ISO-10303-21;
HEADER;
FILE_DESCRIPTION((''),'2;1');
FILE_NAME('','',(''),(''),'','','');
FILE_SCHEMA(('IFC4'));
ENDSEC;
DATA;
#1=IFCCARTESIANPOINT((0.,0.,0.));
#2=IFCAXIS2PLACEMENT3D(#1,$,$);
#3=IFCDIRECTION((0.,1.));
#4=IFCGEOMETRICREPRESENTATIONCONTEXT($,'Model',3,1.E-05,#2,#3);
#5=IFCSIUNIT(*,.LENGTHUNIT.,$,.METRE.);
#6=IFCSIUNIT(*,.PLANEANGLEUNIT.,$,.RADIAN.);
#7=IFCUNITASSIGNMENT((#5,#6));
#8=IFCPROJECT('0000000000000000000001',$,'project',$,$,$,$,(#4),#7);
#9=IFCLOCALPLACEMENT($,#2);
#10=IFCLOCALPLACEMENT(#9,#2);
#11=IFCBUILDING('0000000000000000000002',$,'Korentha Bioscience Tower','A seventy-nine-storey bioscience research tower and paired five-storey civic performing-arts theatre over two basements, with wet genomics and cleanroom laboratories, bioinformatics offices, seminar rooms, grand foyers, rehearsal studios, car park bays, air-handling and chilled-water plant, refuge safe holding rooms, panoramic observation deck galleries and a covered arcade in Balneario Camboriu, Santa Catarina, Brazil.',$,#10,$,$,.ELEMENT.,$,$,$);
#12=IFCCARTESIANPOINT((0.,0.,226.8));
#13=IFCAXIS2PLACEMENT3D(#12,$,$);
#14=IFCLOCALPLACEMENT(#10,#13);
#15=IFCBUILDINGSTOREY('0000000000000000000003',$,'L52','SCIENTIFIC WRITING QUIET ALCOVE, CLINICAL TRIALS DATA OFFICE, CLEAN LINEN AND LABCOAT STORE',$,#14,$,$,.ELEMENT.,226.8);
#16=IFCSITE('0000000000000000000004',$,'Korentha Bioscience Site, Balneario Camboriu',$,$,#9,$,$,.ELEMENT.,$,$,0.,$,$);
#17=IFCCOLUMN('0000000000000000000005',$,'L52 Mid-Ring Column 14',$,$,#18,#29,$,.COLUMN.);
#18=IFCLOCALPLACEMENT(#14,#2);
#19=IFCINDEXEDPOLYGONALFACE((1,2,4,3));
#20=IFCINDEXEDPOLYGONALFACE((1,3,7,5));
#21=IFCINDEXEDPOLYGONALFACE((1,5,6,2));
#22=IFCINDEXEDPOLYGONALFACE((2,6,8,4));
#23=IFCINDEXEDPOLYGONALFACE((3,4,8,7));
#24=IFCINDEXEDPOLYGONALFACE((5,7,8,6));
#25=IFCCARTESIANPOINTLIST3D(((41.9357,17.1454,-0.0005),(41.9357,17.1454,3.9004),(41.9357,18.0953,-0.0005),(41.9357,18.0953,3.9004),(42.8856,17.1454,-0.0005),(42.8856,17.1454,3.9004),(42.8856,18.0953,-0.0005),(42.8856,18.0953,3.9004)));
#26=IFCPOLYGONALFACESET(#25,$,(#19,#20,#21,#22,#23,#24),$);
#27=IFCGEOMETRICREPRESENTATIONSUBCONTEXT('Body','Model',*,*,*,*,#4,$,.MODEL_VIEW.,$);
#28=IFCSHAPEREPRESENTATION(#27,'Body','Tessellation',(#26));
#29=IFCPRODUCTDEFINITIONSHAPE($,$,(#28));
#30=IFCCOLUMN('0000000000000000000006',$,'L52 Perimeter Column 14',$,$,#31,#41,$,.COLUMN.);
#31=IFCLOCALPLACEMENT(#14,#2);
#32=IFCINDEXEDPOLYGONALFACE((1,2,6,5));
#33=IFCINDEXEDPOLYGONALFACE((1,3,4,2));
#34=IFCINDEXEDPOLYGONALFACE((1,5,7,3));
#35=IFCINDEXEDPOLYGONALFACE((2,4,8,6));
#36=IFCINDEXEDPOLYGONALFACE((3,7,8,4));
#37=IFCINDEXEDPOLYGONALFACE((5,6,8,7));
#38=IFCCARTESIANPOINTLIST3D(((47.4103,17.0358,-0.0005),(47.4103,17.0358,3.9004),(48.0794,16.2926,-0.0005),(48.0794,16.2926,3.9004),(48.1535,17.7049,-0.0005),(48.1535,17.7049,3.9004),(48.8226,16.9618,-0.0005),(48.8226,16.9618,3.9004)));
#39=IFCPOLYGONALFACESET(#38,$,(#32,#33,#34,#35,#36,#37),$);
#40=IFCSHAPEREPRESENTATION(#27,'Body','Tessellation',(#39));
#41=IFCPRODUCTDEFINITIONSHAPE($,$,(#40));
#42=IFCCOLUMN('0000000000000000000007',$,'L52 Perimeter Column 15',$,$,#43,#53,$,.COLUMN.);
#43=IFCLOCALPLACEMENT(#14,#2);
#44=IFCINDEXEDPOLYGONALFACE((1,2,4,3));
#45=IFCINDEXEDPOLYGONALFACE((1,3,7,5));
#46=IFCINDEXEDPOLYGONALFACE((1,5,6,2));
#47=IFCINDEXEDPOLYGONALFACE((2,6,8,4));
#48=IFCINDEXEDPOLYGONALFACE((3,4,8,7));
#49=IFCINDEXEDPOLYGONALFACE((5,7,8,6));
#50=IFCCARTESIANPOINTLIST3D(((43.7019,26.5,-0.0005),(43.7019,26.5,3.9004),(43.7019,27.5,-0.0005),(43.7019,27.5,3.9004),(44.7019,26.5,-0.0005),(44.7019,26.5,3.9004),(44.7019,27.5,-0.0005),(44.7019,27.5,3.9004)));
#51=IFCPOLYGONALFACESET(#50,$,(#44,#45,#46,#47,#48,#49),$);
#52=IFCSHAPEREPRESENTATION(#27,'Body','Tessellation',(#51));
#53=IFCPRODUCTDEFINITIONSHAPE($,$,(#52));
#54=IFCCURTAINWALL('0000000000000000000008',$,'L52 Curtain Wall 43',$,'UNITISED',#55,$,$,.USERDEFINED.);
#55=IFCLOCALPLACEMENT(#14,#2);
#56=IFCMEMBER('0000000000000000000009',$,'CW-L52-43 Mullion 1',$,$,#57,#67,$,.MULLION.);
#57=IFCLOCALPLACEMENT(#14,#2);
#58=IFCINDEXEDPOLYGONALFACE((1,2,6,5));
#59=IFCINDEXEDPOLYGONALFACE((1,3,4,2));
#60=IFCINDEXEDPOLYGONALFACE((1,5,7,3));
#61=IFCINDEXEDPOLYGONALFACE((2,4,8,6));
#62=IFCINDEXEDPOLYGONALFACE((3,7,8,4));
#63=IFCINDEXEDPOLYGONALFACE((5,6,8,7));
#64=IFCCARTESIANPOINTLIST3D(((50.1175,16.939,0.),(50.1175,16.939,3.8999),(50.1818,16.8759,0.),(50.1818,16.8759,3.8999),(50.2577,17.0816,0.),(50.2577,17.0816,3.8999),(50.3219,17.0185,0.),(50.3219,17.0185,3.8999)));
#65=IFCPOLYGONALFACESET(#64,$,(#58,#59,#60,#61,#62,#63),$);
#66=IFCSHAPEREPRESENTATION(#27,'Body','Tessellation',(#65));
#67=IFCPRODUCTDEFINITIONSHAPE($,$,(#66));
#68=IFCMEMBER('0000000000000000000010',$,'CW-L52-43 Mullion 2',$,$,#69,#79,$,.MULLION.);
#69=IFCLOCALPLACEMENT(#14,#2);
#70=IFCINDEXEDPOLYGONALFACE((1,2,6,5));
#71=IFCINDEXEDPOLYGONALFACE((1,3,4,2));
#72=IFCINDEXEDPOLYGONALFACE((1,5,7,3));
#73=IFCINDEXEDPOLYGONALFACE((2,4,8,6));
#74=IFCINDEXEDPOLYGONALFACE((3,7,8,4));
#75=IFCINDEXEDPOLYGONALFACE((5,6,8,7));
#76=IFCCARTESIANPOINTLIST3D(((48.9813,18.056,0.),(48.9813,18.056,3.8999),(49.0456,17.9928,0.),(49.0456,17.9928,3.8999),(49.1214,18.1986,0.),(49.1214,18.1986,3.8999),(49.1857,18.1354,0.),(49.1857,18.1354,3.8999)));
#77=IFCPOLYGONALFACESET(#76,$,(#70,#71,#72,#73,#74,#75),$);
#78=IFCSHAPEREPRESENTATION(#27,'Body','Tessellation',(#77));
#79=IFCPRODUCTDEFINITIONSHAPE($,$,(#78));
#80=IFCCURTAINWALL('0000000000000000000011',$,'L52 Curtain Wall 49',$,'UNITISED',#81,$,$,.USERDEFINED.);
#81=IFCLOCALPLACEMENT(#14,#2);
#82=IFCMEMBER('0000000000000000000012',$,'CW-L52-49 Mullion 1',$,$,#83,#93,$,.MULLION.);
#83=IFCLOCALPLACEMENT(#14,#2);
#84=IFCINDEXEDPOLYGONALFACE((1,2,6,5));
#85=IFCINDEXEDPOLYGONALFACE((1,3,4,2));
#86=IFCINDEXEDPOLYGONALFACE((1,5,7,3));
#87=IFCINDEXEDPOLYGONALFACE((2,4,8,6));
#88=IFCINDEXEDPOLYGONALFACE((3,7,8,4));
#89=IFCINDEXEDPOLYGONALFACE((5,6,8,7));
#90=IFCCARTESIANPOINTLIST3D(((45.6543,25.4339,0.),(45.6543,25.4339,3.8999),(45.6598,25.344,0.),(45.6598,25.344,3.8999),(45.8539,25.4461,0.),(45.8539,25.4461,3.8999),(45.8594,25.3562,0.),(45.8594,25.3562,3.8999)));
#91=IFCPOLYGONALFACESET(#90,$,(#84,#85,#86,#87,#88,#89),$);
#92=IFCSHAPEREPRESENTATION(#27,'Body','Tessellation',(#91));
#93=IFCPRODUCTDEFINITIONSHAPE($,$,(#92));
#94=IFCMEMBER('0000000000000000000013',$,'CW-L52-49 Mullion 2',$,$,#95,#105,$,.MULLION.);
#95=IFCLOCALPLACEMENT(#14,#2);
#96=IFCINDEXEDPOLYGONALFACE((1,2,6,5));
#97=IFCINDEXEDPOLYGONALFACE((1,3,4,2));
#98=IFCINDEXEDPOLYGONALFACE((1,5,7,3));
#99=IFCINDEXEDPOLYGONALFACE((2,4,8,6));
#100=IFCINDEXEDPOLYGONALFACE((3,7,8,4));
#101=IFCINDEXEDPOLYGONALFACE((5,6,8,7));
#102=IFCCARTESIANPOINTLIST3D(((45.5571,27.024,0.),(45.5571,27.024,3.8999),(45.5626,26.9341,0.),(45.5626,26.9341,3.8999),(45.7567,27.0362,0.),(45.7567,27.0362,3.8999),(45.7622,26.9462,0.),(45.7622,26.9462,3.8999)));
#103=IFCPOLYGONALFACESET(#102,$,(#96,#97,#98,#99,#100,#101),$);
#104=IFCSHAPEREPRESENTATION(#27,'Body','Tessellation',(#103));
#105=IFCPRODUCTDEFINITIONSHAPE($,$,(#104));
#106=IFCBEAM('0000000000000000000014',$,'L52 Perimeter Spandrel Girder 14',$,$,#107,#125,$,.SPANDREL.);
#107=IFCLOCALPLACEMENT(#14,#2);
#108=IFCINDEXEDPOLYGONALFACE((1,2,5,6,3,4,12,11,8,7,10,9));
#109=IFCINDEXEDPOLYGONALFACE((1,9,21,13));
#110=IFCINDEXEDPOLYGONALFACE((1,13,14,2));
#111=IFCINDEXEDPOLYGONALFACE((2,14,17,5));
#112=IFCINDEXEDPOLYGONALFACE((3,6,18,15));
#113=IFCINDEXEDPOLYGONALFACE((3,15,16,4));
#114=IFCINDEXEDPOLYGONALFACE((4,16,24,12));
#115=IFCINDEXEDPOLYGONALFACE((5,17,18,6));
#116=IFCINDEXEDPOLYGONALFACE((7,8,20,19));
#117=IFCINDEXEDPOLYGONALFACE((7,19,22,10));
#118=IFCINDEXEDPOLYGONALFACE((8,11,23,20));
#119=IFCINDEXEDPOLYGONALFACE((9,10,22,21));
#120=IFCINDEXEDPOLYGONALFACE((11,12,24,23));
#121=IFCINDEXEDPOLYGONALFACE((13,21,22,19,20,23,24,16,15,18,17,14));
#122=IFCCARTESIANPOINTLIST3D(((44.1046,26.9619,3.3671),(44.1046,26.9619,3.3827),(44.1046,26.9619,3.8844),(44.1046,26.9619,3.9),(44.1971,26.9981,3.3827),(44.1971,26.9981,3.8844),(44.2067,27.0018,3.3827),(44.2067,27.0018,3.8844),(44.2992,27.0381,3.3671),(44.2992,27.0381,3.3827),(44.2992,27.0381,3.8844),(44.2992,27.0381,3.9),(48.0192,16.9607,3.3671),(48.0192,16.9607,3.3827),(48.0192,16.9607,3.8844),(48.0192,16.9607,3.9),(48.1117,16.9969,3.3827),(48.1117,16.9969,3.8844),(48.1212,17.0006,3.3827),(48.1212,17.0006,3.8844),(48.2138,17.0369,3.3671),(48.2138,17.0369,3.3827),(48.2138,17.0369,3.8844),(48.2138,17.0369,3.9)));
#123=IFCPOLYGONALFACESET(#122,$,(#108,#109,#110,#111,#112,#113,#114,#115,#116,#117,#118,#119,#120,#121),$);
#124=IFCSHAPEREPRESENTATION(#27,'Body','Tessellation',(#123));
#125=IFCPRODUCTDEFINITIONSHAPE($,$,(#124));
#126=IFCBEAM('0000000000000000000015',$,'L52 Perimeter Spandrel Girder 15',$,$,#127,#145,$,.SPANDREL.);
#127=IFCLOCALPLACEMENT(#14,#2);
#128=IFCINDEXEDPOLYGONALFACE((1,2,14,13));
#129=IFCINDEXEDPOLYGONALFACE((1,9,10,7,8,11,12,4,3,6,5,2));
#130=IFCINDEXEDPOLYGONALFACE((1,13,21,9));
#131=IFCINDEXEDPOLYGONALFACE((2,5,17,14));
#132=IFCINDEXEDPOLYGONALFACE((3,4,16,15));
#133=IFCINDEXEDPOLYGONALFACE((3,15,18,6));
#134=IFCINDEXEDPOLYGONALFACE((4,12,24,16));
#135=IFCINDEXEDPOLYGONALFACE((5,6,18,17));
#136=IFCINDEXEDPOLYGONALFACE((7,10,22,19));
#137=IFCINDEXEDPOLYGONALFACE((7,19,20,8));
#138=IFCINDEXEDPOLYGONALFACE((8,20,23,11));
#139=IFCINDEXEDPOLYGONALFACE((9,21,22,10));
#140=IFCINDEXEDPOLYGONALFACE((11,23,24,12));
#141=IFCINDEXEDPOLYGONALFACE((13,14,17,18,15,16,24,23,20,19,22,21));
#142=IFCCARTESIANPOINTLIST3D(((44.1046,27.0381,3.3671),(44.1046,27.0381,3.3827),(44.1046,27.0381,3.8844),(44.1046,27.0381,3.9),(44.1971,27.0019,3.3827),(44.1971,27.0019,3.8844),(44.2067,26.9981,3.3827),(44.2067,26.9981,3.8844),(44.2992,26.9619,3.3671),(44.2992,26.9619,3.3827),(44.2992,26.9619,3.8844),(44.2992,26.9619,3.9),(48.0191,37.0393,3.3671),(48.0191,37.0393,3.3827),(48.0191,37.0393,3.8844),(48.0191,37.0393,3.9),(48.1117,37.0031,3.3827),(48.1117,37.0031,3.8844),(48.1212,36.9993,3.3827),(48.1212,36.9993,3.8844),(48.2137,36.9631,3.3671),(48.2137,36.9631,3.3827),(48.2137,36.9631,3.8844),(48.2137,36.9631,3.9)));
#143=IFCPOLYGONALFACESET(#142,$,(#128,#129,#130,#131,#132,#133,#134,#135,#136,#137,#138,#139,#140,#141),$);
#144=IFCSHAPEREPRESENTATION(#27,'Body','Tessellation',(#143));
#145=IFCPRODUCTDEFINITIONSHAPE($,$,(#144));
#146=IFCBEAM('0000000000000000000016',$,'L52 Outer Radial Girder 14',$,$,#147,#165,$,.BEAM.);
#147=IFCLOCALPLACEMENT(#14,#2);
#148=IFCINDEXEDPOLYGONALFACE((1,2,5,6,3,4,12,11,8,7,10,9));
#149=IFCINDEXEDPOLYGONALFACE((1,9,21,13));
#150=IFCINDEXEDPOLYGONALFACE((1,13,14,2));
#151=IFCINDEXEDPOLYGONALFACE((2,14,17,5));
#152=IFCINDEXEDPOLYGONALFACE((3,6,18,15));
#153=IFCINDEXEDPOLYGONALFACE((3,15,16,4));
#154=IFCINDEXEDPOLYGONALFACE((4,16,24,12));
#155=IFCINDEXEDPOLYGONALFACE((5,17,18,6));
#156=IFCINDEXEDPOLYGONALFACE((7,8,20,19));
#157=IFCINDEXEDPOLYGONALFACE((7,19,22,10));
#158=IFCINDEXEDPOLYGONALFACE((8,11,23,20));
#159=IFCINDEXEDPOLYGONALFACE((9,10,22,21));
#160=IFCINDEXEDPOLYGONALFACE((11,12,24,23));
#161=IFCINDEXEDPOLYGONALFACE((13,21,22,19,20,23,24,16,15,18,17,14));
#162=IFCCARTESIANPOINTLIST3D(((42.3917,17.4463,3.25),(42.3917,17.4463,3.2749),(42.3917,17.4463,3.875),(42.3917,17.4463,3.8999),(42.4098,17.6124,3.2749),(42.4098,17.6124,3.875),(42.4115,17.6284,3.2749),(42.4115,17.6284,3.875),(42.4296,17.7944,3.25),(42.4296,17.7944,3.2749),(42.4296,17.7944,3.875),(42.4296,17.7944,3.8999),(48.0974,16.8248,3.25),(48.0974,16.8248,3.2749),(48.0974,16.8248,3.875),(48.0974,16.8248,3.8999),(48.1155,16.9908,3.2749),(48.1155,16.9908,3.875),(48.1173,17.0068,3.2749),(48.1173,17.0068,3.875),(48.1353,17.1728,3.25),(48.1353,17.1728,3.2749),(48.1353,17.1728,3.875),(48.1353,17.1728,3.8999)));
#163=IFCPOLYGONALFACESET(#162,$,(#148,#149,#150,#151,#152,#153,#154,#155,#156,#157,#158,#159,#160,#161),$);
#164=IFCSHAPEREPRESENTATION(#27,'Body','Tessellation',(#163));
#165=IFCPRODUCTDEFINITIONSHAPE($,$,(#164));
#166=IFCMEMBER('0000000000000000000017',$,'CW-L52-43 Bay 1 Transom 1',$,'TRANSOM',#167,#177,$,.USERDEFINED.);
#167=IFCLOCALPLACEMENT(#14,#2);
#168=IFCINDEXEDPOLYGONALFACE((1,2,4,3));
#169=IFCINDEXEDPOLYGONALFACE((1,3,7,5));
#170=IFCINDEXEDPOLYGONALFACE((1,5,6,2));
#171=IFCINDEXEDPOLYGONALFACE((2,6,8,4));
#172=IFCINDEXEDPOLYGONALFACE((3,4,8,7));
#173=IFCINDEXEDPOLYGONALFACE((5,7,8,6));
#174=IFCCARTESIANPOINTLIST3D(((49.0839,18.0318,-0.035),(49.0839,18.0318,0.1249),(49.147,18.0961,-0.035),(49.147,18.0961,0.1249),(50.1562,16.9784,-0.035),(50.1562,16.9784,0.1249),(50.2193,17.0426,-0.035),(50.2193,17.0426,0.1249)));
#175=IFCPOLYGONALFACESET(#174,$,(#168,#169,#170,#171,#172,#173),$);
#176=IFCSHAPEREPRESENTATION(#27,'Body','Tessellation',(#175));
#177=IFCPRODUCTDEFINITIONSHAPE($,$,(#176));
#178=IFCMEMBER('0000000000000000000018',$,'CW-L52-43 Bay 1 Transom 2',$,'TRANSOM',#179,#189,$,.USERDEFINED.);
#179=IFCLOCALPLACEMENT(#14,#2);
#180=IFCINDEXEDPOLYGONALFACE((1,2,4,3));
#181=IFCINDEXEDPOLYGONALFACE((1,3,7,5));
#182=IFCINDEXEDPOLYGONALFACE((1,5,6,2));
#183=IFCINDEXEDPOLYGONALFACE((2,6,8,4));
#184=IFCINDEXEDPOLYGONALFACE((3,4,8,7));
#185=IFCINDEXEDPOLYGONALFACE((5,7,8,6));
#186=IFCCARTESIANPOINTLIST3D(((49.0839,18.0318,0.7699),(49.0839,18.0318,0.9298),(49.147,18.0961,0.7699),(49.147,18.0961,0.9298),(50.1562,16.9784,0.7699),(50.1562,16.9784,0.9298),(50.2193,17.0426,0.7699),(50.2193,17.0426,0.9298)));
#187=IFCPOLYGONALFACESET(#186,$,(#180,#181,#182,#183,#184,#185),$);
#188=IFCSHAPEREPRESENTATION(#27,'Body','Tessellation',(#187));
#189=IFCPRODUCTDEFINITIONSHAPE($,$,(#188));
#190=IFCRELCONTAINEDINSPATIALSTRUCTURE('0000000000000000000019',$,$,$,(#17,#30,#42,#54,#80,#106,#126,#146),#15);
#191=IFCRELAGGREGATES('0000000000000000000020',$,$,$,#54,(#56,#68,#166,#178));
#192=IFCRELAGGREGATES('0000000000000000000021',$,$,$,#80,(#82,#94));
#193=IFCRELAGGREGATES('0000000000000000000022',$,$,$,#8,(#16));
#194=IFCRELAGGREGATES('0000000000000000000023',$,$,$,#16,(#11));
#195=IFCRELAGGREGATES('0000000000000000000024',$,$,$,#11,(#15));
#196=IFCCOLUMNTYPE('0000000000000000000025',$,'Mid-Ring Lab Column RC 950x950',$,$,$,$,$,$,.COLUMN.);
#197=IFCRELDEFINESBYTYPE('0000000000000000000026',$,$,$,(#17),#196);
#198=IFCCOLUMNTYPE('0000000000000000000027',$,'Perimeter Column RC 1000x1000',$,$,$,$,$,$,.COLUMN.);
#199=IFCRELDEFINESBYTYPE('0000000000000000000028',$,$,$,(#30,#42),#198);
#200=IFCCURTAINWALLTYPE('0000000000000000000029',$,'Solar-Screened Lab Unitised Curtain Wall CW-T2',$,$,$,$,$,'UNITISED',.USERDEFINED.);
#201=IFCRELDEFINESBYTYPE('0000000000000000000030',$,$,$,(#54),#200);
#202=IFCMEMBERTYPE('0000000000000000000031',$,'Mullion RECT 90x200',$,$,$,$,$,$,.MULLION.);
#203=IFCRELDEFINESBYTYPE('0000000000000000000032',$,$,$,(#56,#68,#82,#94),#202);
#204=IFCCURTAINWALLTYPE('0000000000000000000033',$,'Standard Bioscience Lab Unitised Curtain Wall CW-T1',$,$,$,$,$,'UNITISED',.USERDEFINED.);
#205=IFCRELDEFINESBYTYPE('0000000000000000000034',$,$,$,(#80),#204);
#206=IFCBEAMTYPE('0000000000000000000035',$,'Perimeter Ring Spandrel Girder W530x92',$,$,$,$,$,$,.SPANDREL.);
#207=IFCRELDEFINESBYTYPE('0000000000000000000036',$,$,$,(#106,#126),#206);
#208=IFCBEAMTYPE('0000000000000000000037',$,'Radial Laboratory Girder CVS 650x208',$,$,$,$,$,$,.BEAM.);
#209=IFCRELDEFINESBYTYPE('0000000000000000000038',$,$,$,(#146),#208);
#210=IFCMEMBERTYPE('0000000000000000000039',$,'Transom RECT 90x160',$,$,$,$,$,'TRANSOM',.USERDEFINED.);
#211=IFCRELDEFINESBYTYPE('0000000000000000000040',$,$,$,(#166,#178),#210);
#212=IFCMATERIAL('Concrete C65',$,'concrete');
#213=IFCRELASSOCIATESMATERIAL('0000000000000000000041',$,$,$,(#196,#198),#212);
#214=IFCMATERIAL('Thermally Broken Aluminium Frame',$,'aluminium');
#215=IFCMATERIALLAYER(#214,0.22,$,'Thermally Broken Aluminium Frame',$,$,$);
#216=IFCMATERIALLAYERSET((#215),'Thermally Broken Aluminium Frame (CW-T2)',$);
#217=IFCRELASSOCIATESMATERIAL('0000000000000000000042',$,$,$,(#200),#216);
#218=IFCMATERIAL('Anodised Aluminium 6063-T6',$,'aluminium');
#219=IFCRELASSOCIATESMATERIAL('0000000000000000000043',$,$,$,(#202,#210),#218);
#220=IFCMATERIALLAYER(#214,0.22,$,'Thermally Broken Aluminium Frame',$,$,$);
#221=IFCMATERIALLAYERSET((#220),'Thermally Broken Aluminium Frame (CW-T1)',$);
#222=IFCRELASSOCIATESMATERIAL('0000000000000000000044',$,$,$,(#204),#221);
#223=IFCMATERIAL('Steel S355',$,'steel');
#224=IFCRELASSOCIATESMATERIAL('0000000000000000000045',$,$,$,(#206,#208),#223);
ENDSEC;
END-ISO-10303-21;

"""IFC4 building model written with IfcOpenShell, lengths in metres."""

from ifc_helpers import new_model, si_unit, direction, frame, origin, origin_2d, place, context, subcontext, project, spatial, rectangle, i_section, extrude, material, layer, layer_set, material_profile, profile_set, type_object, element, aggregate, save


model = new_model("IFC4")

# Units and contexts
model_context = context("Model", 3, precision=1e-05, world=origin(), true_north=direction((0.0, 1.0)))
body_context = subcontext(model_context, "Body", "Model", "MODEL_VIEW")
ifc_project = project(units=[si_unit("LENGTHUNIT", "METRE"), si_unit("PLANEANGLEUNIT", "RADIAN")], contexts=[model_context])

# Site, building, storey
site_placement = place(None, origin())
site = spatial("IfcSite", under=ifc_project, at=site_placement, Name="Korentha Bioscience Site, Balneario Camboriu", CompositionType="ELEMENT", RefElevation=0.0)
building_placement = place(site_placement, origin())
building = spatial("IfcBuilding", under=site, at=building_placement, Name="Korentha Bioscience Tower", Description="A seventy-nine-storey bioscience research tower and paired five-storey civic performing-arts theatre over two basements, with wet genomics and cleanroom laboratories, bioinformatics offices, seminar rooms, grand foyers, rehearsal studios, car park bays, air-handling and chilled-water plant, refuge safe holding rooms, panoramic observation deck galleries and a covered arcade in Balneario Camboriu, Santa Catarina, Brazil.", CompositionType="ELEMENT")
storey_placement = place(building_placement, frame((0.0, 0.0, 226.8)))
storey = spatial("IfcBuildingStorey", under=building, at=storey_placement, Name="L52", Description="SCIENTIFIC WRITING QUIET ALCOVE, CLINICAL TRIALS DATA OFFICE, CLEAN LINEN AND LABCOAT STORE", CompositionType="ELEMENT", Elevation=226.8)

# Columns
ifc_material_1 = material(Name="Concrete C65", Category="concrete")
ifc_material_profile_1 = material_profile(ifc_material_1, rectangle(XDim=0.95, YDim=0.95, at=origin_2d()), Name="Concrete C65")
ifc_profile_set_1 = profile_set([ifc_material_profile_1], Name="Concrete C65 (COL-MR09)")
column_type_1 = type_object("IfcColumnType", Name="Mid-Ring Lab Column RC 950x950", PredefinedType="COLUMN", material=ifc_profile_set_1)
column_placement = place(storey_placement, frame((42.4106, 17.6204, -0.0005), z_axis=(0.0, 0.0, 1.0), x_axis=(1.0, 0.0, 0.0)))
element("IfcColumn", 1, at=column_placement, inside=storey, type_object=column_type_1, Name="L52 Mid-Ring Column 14", PredefinedType="COLUMN", context=body_context, shape_type="SweptSolid", body=[
    extrude(rectangle(XDim=0.95, YDim=0.95, at=origin_2d()), origin(), (0.0, 0.0, 1.0), 3.9009),
])
ifc_material_profile_2 = material_profile(ifc_material_1, rectangle(XDim=1.0, YDim=1.0, at=origin_2d()), Name="Concrete C65")
ifc_profile_set_2 = profile_set([ifc_material_profile_2], Name="Concrete C65 (COL-P10)")
column_type_2 = type_object("IfcColumnType", Name="Perimeter Column RC 1000x1000", PredefinedType="COLUMN", material=ifc_profile_set_2)
for number, where, z_axis, x_axis, name in (
    (2, (48.1165, 16.9988, -0.0005), (0.0, 0.0, 1.0), (-0.669131, 0.743145, 0.0), "L52 Perimeter Column 14"),
    (3, (44.2019, 27.0, -0.0005), (0.0, 0.0, 1.0), (0.0, 1.0, 0.0), "L52 Perimeter Column 15"),
):
    element("IfcColumn", number, at=place(storey_placement, frame(where, z_axis=z_axis, x_axis=x_axis)), inside=storey, type_object=column_type_2, Name=name, PredefinedType="COLUMN", context=body_context, shape_type="SweptSolid", body=[
        extrude(rectangle(XDim=1.0, YDim=1.0, at=origin_2d()), origin(), (0.0, 0.0, 1.0), 3.9009),
    ])

# Curtain walls, members
ifc_material_2 = material(Name="Thermally Broken Aluminium Frame", Category="aluminium")
ifc_layer_1 = layer(ifc_material_2, 0.22, Name="Thermally Broken Aluminium Frame")
ifc_layer_set_1 = layer_set([ifc_layer_1], Name="Thermally Broken Aluminium Frame (CW-T2)")
curtain_wall_type_1 = type_object("IfcCurtainWallType", Name="Solar-Screened Lab Unitised Curtain Wall CW-T2", ElementType="UNITISED", PredefinedType="USERDEFINED", material=ifc_layer_set_1)
curtain_wall_1_placement = place(storey_placement, origin())
curtain_wall_1 = element("IfcCurtainWall", 4, at=curtain_wall_1_placement, inside=storey, type_object=curtain_wall_type_1, Name="L52 Curtain Wall 43", ObjectType="UNITISED", PredefinedType="USERDEFINED")
ifc_material_3 = material(Name="Anodised Aluminium 6063-T6", Category="aluminium")
ifc_material_profile_3 = material_profile(ifc_material_3, rectangle(XDim=0.0901, YDim=0.2, at=origin_2d()), Name="Anodised Aluminium 6063-T6")
ifc_profile_set_3 = profile_set([ifc_material_profile_3], Name="Anodised Aluminium 6063-T6 (CW-MUL)")
member_type_1 = type_object("IfcMemberType", Name="Mullion RECT 90x200", PredefinedType="MULLION", material=ifc_profile_set_3)
member_1_placement = place(storey_placement, frame((50.2197, 16.9788, 0.0), z_axis=(0.0, 0.0, 1.0), x_axis=(-0.713258, 0.700901, 0.0)))
member_1 = element("IfcMember", 5, at=member_1_placement, type_object=member_type_1, Name="CW-L52-43 Mullion 1", PredefinedType="MULLION", context=body_context, shape_type="SweptSolid", body=[
    extrude(rectangle(XDim=0.0901, YDim=0.2, at=origin_2d()), origin(), (0.0, 0.0, 1.0), 3.8999),
])
member_2_placement = place(storey_placement, frame((49.0835, 18.0957, 0.0), z_axis=(0.0, 0.0, 1.0), x_axis=(-0.713258, 0.700901, 0.0)))
member_2 = element("IfcMember", 6, at=member_2_placement, type_object=member_type_1, Name="CW-L52-43 Mullion 2", PredefinedType="MULLION", context=body_context, shape_type="SweptSolid", body=[
    extrude(rectangle(XDim=0.0901, YDim=0.2, at=origin_2d()), origin(), (0.0, 0.0, 1.0), 3.8999),
])
ifc_layer_2 = layer(ifc_material_2, 0.22, Name="Thermally Broken Aluminium Frame")
ifc_layer_set_2 = layer_set([ifc_layer_2], Name="Thermally Broken Aluminium Frame (CW-T1)")
curtain_wall_type_2 = type_object("IfcCurtainWallType", Name="Standard Bioscience Lab Unitised Curtain Wall CW-T1", ElementType="UNITISED", PredefinedType="USERDEFINED", material=ifc_layer_set_2)
curtain_wall_2_placement = place(storey_placement, origin())
curtain_wall_2 = element("IfcCurtainWall", 7, at=curtain_wall_2_placement, inside=storey, type_object=curtain_wall_type_2, Name="L52 Curtain Wall 49", ObjectType="UNITISED", PredefinedType="USERDEFINED")
member_3_placement = place(storey_placement, frame((45.7568, 25.395, 0.0), z_axis=(0.0, 0.0, 1.0), x_axis=(-0.060954, 0.998141, 0.0)))
member_3 = element("IfcMember", 8, at=member_3_placement, type_object=member_type_1, Name="CW-L52-49 Mullion 1", PredefinedType="MULLION", context=body_context, shape_type="SweptSolid", body=[
    extrude(rectangle(XDim=0.0901, YDim=0.2, at=origin_2d()), origin(), (0.0, 0.0, 1.0), 3.8999),
])
member_4_placement = place(storey_placement, frame((45.6597, 26.9851, 0.0), z_axis=(0.0, 0.0, 1.0), x_axis=(-0.060954, 0.998141, 0.0)))
member_4 = element("IfcMember", 9, at=member_4_placement, type_object=member_type_1, Name="CW-L52-49 Mullion 2", PredefinedType="MULLION", context=body_context, shape_type="SweptSolid", body=[
    extrude(rectangle(XDim=0.0901, YDim=0.2, at=origin_2d()), origin(), (0.0, 0.0, 1.0), 3.8999),
])

# Beams
ifc_material_4 = material(Name="Steel S355", Category="steel")
ifc_material_profile_4 = material_profile(ifc_material_4, i_section(OverallWidth=0.209, OverallDepth=0.533, WebThickness=0.0103, FlangeThickness=0.0156, at=origin_2d()), Name="Steel S355")
ifc_profile_set_4 = profile_set([ifc_material_profile_4], Name="Steel S355 (SB-530)")
beam_type_1 = type_object("IfcBeamType", Name="Perimeter Ring Spandrel Girder W530x92", PredefinedType="SPANDREL", material=ifc_profile_set_4)
for number, where, z_axis, x_axis, name in (
    (10, (48.1165, 16.9988, 3.6335), (-0.364482, 0.93121, 0.0), (-0.93121, -0.364482, 0.0), "L52 Perimeter Spandrel Girder 14"),
    (11, (44.2019, 27.0, 3.6335), (0.364482, 0.93121, 0.0), (-0.93121, 0.364482, 0.0), "L52 Perimeter Spandrel Girder 15"),
):
    element("IfcBeam", number, at=place(storey_placement, frame(where, z_axis=z_axis, x_axis=x_axis)), inside=storey, type_object=beam_type_1, Name=name, PredefinedType="SPANDREL", context=body_context, shape_type="SweptSolid", body=[
        extrude(i_section(OverallWidth=0.209, OverallDepth=0.533, WebThickness=0.0103, FlangeThickness=0.0156, at=origin_2d()), origin(), (0.0, 0.0, 1.0), 10.74),
    ])
ifc_material_profile_5 = material_profile(ifc_material_4, i_section(OverallWidth=0.3501, OverallDepth=0.6499, WebThickness=0.0161, FlangeThickness=0.0249, at=origin_2d()), Name="Steel S355")
ifc_profile_set_5 = profile_set([ifc_material_profile_5], Name="Steel S355 (RB-650)")
beam_type_2 = type_object("IfcBeamType", Name="Radial Laboratory Girder CVS 650x208", PredefinedType="BEAM", material=ifc_profile_set_5)
beam_placement = place(storey_placement, frame((42.4106, 17.6204, 3.575), z_axis=(0.994119, -0.108298, 0.0), x_axis=(0.108298, 0.994119, 0.0)))
element("IfcBeam", 12, at=beam_placement, inside=storey, type_object=beam_type_2, Name="L52 Outer Radial Girder 14", PredefinedType="BEAM", context=body_context, shape_type="SweptSolid", body=[
    extrude(i_section(OverallWidth=0.3501, OverallDepth=0.6499, WebThickness=0.0161, FlangeThickness=0.0249, at=origin_2d()), origin(), (0.0, 0.0, 1.0), 5.7395),
])

# Members
ifc_material_profile_6 = material_profile(ifc_material_3, rectangle(XDim=0.0901, YDim=0.1599, at=origin_2d()), Name="Anodised Aluminium 6063-T6")
ifc_profile_set_6 = profile_set([ifc_material_profile_6], Name="Anodised Aluminium 6063-T6 (CW-TRN)")
member_type_2 = type_object("IfcMemberType", Name="Transom RECT 90x160", ElementType="TRANSOM", PredefinedType="USERDEFINED", material=ifc_profile_set_6)
member_5_placement = place(storey_placement, frame((50.1877, 17.0105, 0.0449), z_axis=(-0.713332, 0.700826, 0.0), x_axis=(-0.700826, -0.713332, 0.0)))
member_5 = element("IfcMember", 13, at=member_5_placement, type_object=member_type_2, Name="CW-L52-43 Bay 1 Transom 1", ObjectType="TRANSOM", PredefinedType="USERDEFINED", context=body_context, shape_type="SweptSolid", body=[
    extrude(rectangle(XDim=0.0901, YDim=0.1599, at=origin_2d()), origin(), (0.0, 0.0, 1.0), 1.5032),
])
member_6_placement = place(storey_placement, frame((50.1877, 17.0105, 0.8499), z_axis=(-0.713332, 0.700826, 0.0), x_axis=(-0.700826, -0.713332, 0.0)))
member_6 = element("IfcMember", 14, at=member_6_placement, type_object=member_type_2, Name="CW-L52-43 Bay 1 Transom 2", ObjectType="TRANSOM", PredefinedType="USERDEFINED", context=body_context, shape_type="SweptSolid", body=[
    extrude(rectangle(XDim=0.0901, YDim=0.1599, at=origin_2d()), origin(), (0.0, 0.0, 1.0), 1.5032),
])

aggregate(curtain_wall_1, [member_1, member_2, member_5, member_6])
aggregate(curtain_wall_2, [member_3, member_4])

save(model, "model.ifc")
